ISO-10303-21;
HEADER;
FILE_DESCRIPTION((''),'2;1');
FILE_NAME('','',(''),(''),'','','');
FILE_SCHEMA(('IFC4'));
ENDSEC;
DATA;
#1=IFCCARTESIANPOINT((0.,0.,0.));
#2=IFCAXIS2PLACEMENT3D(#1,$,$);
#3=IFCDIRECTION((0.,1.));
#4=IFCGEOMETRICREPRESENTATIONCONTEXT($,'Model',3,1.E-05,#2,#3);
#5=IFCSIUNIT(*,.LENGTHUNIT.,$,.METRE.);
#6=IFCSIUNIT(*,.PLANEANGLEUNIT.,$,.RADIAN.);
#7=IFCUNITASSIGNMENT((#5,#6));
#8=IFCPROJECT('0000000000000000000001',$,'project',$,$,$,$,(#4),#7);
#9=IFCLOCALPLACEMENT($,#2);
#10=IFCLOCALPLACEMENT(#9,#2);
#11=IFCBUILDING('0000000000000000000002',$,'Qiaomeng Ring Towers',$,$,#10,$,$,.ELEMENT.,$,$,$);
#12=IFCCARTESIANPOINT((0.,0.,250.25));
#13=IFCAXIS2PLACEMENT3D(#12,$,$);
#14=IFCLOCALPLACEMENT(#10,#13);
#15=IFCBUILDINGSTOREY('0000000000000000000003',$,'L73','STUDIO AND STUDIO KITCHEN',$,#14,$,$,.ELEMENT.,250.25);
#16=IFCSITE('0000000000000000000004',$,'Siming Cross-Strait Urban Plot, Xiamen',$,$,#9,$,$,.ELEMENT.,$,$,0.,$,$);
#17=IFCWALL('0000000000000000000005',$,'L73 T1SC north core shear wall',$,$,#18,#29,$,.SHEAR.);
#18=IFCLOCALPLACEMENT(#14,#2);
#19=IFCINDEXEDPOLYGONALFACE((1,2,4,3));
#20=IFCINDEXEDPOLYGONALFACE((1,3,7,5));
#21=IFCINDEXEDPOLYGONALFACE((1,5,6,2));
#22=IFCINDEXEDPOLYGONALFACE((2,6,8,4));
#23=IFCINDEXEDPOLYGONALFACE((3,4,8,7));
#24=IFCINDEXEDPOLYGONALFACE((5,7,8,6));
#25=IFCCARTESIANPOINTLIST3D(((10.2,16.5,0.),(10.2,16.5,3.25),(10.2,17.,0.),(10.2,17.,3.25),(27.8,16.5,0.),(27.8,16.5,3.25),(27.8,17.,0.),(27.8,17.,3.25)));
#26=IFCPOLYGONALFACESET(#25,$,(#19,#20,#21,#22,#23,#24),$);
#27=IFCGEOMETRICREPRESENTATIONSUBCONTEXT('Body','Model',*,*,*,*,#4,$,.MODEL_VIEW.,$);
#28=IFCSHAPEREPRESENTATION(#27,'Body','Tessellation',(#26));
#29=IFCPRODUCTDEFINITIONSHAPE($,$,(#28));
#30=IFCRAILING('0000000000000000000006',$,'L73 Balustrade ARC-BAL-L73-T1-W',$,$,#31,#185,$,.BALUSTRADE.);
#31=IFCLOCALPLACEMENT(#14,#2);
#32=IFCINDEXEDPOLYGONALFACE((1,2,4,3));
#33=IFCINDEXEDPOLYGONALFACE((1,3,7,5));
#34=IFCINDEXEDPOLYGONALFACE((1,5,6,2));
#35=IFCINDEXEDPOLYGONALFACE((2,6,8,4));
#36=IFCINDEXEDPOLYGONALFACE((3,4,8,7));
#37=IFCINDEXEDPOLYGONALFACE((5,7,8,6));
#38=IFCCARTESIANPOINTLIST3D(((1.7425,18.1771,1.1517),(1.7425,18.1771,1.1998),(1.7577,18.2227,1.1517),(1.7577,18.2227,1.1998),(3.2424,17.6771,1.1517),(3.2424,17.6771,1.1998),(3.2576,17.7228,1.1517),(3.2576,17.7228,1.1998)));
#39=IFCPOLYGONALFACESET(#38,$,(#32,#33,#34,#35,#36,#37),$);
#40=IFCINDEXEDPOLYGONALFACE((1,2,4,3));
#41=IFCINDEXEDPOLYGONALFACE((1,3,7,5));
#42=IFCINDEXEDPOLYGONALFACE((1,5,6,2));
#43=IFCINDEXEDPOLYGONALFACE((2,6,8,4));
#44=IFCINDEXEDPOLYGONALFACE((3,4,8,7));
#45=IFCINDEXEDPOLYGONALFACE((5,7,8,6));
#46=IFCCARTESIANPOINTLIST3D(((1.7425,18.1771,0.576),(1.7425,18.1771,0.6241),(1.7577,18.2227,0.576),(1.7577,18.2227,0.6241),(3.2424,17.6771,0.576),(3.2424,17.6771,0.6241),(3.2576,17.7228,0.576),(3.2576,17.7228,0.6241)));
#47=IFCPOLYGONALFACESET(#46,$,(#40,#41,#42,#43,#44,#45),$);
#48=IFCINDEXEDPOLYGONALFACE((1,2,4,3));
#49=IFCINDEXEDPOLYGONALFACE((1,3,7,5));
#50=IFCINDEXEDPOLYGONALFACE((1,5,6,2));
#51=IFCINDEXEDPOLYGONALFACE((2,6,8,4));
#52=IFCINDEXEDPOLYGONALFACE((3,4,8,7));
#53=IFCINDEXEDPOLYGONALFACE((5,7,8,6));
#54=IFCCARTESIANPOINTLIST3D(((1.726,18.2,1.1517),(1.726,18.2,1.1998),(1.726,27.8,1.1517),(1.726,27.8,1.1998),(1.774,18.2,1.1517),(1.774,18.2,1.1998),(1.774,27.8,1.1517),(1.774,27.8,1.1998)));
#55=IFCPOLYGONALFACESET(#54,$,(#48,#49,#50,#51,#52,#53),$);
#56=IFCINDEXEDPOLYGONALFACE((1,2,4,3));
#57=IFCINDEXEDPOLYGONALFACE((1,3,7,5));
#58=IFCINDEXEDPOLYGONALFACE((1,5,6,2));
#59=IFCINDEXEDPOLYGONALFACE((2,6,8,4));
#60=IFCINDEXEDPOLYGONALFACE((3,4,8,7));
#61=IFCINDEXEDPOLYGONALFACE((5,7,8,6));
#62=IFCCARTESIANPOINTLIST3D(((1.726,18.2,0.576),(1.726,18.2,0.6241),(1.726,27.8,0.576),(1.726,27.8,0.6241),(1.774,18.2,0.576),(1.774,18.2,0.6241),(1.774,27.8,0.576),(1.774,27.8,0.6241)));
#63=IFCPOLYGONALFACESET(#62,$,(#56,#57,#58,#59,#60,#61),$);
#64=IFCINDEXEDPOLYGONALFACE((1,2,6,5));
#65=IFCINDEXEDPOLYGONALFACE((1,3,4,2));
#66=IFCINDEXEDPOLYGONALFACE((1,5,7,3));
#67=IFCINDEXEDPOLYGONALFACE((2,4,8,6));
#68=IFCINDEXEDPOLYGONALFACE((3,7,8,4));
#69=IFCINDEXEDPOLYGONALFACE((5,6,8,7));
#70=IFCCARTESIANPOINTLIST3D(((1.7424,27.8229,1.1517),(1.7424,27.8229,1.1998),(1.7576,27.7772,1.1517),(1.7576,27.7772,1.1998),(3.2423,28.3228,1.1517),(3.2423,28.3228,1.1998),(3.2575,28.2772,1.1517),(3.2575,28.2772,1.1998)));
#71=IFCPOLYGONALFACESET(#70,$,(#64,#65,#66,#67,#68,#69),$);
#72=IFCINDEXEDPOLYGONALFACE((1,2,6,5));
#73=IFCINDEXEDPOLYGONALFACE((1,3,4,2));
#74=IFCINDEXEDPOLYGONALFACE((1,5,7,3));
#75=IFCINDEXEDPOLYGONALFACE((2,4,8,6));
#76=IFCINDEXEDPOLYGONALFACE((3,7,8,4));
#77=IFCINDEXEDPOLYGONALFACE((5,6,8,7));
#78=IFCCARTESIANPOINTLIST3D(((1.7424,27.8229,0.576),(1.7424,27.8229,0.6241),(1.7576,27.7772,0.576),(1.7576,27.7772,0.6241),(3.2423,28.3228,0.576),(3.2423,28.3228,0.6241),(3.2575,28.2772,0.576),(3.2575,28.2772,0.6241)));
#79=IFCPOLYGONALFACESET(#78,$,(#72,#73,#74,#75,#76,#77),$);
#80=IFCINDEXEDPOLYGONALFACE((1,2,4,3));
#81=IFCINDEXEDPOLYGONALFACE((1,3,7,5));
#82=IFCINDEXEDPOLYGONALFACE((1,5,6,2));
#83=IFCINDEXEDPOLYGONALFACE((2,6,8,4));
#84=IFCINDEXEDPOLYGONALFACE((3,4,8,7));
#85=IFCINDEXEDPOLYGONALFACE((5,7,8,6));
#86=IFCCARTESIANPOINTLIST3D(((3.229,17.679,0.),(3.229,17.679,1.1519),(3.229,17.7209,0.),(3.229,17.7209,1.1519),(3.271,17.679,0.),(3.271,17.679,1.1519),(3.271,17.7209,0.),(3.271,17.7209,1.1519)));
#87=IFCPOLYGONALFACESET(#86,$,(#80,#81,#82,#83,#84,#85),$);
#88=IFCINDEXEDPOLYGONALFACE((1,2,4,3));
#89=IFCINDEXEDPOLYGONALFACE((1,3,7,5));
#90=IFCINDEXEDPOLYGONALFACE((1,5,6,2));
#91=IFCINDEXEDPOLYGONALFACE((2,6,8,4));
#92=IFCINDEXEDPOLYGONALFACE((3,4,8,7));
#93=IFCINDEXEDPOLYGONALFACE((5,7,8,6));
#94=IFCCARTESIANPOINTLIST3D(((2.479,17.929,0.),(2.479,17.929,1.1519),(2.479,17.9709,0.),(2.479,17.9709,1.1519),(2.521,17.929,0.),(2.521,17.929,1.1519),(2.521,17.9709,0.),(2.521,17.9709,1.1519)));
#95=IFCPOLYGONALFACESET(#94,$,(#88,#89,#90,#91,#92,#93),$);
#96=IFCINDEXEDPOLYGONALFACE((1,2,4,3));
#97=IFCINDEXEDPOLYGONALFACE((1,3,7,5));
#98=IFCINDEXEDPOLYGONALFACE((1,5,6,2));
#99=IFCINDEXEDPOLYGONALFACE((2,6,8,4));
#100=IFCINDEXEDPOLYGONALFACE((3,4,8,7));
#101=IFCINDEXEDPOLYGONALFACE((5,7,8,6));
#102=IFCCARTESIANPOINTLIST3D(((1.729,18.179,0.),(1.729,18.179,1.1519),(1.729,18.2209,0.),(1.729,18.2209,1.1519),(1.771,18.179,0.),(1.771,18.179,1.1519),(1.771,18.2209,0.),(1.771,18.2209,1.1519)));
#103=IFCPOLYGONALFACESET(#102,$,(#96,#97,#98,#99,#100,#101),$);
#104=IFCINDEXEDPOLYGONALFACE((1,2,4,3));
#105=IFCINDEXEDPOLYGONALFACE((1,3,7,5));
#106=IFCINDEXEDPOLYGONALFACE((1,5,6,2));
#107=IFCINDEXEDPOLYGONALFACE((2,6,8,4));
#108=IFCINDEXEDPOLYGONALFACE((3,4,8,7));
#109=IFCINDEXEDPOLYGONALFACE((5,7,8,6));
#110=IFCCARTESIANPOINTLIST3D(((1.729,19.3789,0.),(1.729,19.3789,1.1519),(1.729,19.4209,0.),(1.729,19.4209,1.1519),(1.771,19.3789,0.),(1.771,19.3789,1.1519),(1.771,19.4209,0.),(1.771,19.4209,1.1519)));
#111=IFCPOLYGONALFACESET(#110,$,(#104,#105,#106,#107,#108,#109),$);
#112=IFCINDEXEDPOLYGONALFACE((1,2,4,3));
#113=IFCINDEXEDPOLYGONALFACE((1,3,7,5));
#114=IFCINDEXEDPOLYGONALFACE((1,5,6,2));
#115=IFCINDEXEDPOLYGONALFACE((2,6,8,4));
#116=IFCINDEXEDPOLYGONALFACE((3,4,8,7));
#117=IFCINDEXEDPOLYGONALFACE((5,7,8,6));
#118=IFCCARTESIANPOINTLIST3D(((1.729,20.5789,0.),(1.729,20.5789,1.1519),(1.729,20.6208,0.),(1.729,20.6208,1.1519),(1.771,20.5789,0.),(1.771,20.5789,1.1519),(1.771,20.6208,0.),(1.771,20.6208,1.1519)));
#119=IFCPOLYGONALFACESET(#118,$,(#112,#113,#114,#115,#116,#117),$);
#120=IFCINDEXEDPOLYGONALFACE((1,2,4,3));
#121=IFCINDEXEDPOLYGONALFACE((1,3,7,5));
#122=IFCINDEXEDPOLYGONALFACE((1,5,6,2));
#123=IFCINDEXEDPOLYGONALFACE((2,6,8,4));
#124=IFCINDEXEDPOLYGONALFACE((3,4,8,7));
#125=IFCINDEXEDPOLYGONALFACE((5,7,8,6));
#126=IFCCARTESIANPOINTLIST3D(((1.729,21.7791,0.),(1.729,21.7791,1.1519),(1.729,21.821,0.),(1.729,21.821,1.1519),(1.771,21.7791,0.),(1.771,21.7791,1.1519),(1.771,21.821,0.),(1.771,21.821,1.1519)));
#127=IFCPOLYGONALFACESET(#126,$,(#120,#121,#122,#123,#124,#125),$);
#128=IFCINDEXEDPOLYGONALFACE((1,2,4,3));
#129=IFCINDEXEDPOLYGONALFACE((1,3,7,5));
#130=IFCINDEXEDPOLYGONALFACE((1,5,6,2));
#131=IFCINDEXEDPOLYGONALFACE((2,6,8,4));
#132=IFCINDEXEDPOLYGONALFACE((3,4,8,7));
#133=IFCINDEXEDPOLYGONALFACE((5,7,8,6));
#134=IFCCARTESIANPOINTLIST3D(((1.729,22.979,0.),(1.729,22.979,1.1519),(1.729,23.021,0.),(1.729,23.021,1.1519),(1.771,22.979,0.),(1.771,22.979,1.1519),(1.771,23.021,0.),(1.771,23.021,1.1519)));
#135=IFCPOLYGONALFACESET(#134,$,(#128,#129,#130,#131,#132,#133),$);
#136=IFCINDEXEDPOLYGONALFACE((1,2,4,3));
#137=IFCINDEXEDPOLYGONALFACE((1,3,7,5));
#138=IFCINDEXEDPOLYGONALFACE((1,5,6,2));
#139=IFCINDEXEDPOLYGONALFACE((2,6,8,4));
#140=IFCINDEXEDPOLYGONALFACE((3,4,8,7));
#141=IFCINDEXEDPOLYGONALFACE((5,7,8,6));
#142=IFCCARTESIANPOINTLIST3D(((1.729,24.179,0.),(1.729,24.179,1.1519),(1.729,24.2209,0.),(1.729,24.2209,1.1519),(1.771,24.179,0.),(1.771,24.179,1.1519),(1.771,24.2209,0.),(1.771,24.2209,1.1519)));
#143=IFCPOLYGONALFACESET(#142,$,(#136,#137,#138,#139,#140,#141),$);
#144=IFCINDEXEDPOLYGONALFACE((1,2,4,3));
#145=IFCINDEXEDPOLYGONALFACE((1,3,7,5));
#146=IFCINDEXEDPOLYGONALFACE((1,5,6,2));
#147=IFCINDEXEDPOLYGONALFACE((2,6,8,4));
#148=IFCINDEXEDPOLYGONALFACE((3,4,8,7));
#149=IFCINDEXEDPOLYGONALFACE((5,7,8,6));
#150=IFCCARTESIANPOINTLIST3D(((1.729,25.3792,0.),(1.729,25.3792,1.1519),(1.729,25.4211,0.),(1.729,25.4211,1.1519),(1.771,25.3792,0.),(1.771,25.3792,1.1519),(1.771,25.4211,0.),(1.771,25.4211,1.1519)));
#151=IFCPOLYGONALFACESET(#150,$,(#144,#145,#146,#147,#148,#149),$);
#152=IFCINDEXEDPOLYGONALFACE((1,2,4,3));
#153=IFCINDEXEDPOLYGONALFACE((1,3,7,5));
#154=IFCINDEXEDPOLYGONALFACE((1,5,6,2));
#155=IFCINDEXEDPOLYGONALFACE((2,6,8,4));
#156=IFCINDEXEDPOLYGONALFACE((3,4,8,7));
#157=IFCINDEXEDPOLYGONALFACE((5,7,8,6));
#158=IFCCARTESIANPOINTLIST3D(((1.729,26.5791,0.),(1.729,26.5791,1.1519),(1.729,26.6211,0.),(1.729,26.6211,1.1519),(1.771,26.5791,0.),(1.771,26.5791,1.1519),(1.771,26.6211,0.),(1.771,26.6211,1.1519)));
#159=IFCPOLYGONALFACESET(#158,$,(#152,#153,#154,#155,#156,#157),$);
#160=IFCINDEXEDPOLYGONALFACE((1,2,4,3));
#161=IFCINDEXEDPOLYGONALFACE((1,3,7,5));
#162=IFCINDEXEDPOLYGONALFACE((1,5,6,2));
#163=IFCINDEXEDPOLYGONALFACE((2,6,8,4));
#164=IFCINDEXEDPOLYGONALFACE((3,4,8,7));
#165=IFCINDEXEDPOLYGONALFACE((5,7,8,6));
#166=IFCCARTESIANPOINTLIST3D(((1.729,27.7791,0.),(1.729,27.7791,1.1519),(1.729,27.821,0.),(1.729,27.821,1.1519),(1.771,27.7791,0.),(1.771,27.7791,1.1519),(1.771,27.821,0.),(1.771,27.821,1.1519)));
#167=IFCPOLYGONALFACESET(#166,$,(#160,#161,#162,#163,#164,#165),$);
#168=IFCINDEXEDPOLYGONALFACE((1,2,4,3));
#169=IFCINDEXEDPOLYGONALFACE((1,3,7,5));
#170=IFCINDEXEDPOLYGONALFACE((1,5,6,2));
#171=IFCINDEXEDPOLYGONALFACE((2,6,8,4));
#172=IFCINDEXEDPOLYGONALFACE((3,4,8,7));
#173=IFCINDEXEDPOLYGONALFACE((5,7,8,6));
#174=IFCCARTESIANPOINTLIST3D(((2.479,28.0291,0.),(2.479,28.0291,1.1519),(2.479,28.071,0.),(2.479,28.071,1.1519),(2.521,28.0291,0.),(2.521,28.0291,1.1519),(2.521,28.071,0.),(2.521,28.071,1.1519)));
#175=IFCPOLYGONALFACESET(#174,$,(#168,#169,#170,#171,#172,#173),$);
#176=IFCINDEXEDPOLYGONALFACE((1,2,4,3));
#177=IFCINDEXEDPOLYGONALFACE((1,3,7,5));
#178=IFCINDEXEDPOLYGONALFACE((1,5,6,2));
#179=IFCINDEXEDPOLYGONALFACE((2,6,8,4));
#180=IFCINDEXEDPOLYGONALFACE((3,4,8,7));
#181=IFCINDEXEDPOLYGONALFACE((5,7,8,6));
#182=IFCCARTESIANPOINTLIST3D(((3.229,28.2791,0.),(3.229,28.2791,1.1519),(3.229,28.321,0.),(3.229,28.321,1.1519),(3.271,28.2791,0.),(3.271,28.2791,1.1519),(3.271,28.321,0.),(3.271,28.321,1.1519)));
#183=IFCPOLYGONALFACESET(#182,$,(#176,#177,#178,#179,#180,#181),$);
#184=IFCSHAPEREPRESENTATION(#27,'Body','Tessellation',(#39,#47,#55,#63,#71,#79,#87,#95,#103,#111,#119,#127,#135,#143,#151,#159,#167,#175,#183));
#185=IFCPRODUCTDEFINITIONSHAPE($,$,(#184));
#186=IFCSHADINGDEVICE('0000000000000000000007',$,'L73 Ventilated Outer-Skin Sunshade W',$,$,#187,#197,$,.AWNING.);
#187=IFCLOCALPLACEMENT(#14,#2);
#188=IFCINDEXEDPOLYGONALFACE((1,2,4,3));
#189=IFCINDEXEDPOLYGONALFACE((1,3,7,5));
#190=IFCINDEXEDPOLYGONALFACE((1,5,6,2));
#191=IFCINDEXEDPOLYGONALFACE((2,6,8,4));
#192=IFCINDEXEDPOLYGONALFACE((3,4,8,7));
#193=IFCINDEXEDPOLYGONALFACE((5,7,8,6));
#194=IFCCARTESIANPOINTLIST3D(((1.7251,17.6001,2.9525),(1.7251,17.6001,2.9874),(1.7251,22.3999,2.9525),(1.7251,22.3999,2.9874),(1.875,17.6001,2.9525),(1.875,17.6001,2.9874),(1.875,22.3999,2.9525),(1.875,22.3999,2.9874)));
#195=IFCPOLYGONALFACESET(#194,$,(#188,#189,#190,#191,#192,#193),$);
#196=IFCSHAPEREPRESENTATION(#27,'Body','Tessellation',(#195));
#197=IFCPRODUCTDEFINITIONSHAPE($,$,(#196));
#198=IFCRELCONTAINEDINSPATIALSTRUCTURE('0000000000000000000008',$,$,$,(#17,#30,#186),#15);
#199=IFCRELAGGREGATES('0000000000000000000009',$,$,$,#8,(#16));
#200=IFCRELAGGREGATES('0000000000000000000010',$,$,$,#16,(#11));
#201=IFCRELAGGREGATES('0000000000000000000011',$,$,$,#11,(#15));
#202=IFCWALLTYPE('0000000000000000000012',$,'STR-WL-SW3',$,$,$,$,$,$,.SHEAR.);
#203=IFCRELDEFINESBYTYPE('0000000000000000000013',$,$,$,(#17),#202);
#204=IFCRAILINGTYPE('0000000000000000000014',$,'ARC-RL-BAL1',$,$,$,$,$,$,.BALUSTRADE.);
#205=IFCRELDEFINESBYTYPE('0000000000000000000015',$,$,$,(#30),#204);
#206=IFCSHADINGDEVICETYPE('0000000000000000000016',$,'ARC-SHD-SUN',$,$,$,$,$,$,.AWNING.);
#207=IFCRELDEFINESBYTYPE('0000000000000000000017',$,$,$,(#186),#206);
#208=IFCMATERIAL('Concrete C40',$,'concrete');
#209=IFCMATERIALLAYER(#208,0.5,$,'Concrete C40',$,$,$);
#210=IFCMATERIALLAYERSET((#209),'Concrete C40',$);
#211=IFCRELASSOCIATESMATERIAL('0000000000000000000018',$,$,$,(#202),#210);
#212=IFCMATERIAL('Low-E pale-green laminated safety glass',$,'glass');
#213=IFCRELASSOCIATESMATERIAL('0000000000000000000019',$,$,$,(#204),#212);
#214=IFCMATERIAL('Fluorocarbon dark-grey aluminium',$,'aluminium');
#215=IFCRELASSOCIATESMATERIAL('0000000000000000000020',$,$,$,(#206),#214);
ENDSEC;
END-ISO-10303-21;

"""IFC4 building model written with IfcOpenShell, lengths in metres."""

from ifc_helpers import new_model, si_unit, direction, frame, frame_2d, origin, origin_2d, place, context, subcontext, project, spatial, rectangle, extrude, source, transform, mapped, material, layer, layer_set, material_profile, profile_set, type_object, element, save


model = new_model("IFC4")

# Units and contexts
model_context = context("Model", 3, precision=1e-05, world=origin(), true_north=direction((0.0, 1.0)))
body_context = subcontext(model_context, "Body", "Model", "MODEL_VIEW")
ifc_project = project(units=[si_unit("LENGTHUNIT", "METRE"), si_unit("PLANEANGLEUNIT", "RADIAN")], contexts=[model_context])

# Site, building, storey
site_placement = place(None, origin())
site = spatial("IfcSite", under=ifc_project, at=site_placement, Name="Siming Cross-Strait Urban Plot, Xiamen", CompositionType="ELEMENT", RefElevation=0.0)
building_placement = place(site_placement, origin())
building = spatial("IfcBuilding", under=site, at=building_placement, Name="Qiaomeng Ring Towers", CompositionType="ELEMENT")
storey_placement = place(building_placement, frame((0.0, 0.0, 250.25)))
storey = spatial("IfcBuildingStorey", under=building, at=storey_placement, Name="L73", Description="STUDIO AND STUDIO KITCHEN", CompositionType="ELEMENT", Elevation=250.25)

# Shared definitions
ifc_material_1 = material(Name="Concrete C40", Category="concrete")

# Wall
ifc_layer_1 = layer(ifc_material_1, 0.5, Name="Concrete C40")
ifc_layer_set_1 = layer_set([ifc_layer_1], Name="Concrete C40")
wall_type_1 = type_object("IfcWallType", Name="STR-WL-SW3", PredefinedType="SHEAR", material=ifc_layer_set_1)
wall_1_placement = place(storey_placement, frame((10.2, 16.75, 0.0), z_axis=(0.0, 0.0, 1.0), x_axis=(1.0, 0.0, 0.0)))
element("IfcWall", 1, at=wall_1_placement, inside=storey, type_object=wall_type_1, Name="L73 T1SC north core shear wall", PredefinedType="SHEAR", context=body_context, shape_type="SweptSolid", body=[
    extrude(rectangle(XDim=17.6001, YDim=0.5, at=frame_2d((8.8, 0.0))), origin(), (0.0, 0.0, 1.0), 3.25),
])

# Railing
ifc_material_2 = material(Name="Low-E pale-green laminated safety glass", Category="glass")
railing_type = type_object("IfcRailingType", Name="ARC-RL-BAL1", PredefinedType="BALUSTRADE", material=ifc_material_2)
railing_placement = place(storey_placement, frame((3.25, 17.7, 0.0)))
element("IfcRailing", 2, at=railing_placement, inside=storey, type_object=railing_type, Name="L73 Balustrade ARC-BAL-L73-T1-W", PredefinedType="BALUSTRADE", context=body_context, shape_type="SweptSolid", body=[
    extrude(rectangle(XDim=0.0481, YDim=0.0481, at=origin_2d()), frame((0.0, 0.0, 1.1758), z_axis=(-0.948683, 0.316228, 0.0), x_axis=(-0.316228, -0.948683, 0.0)), (0.0, 0.0, 1.0), 1.5811),
    extrude(rectangle(XDim=0.0481, YDim=0.0481, at=origin_2d()), frame((0.0, 0.0, 0.6001), z_axis=(-0.948683, 0.316228, 0.0), x_axis=(-0.316228, -0.948683, 0.0)), (0.0, 0.0, 1.0), 1.5811),
    extrude(rectangle(XDim=0.0481, YDim=0.0481, at=origin_2d()), frame((-1.5, 0.5, 1.1758), z_axis=(0.0, 1.0, 0.0), x_axis=(-1.0, 0.0, 0.0)), (0.0, 0.0, 1.0), 9.6001),
    extrude(rectangle(XDim=0.0481, YDim=0.0481, at=origin_2d()), frame((-1.5, 0.5, 0.6001), z_axis=(0.0, 1.0, 0.0), x_axis=(-1.0, 0.0, 0.0)), (0.0, 0.0, 1.0), 9.6001),
    extrude(rectangle(XDim=0.0481, YDim=0.0481, at=origin_2d()), frame((-1.5, 10.1001, 1.1758), z_axis=(0.948683, 0.316228, 0.0), x_axis=(-0.316228, 0.948683, 0.0)), (0.0, 0.0, 1.0), 1.5811),
    extrude(rectangle(XDim=0.0481, YDim=0.0481, at=origin_2d()), frame((-1.5, 10.1001, 0.6001), z_axis=(0.948683, 0.316228, 0.0), x_axis=(-0.316228, 0.948683, 0.0)), (0.0, 0.0, 1.0), 1.5811),
    extrude(rectangle(XDim=0.042, YDim=0.042, at=origin_2d()), origin(), (0.0, 0.0, 1.0), 1.1519),
    extrude(rectangle(XDim=0.042, YDim=0.042, at=origin_2d()), frame((-0.75, 0.25, 0.0)), (0.0, 0.0, 1.0), 1.1519),
    extrude(rectangle(XDim=0.042, YDim=0.042, at=origin_2d()), frame((-1.5, 0.5, 0.0)), (0.0, 0.0, 1.0), 1.1519),
    extrude(rectangle(XDim=0.042, YDim=0.042, at=origin_2d()), frame((-1.5, 1.7, 0.0)), (0.0, 0.0, 1.0), 1.1519),
    extrude(rectangle(XDim=0.042, YDim=0.042, at=origin_2d()), frame((-1.5, 2.8999, 0.0)), (0.0, 0.0, 1.0), 1.1519),
    extrude(rectangle(XDim=0.042, YDim=0.042, at=origin_2d()), frame((-1.5, 4.1001, 0.0)), (0.0, 0.0, 1.0), 1.1519),
    extrude(rectangle(XDim=0.042, YDim=0.042, at=origin_2d()), frame((-1.5, 5.3, 0.0)), (0.0, 0.0, 1.0), 1.1519),
    extrude(rectangle(XDim=0.042, YDim=0.042, at=origin_2d()), frame((-1.5, 6.5, 0.0)), (0.0, 0.0, 1.0), 1.1519),
    extrude(rectangle(XDim=0.042, YDim=0.042, at=origin_2d()), frame((-1.5, 7.7002, 0.0)), (0.0, 0.0, 1.0), 1.1519),
    extrude(rectangle(XDim=0.042, YDim=0.042, at=origin_2d()), frame((-1.5, 8.9001, 0.0)), (0.0, 0.0, 1.0), 1.1519),
    extrude(rectangle(XDim=0.042, YDim=0.042, at=origin_2d()), frame((-1.5, 10.1001, 0.0)), (0.0, 0.0, 1.0), 1.1519),
    extrude(rectangle(XDim=0.042, YDim=0.042, at=origin_2d()), frame((-0.75, 10.3501, 0.0)), (0.0, 0.0, 1.0), 1.1519),
    extrude(rectangle(XDim=0.042, YDim=0.042, at=origin_2d()), frame((0.0, 10.6001, 0.0)), (0.0, 0.0, 1.0), 1.1519),
])

# Shading device
ifc_material_3 = material(Name="Fluorocarbon dark-grey aluminium", Category="aluminium")
ifc_material_profile_1 = material_profile(ifc_material_3, rectangle(XDim=0.1499, YDim=0.0349, at=origin_2d()), Name="LV BLADE 150x35")
ifc_profile_set_1 = profile_set([ifc_material_profile_1], Name="Fluorocarbon dark-grey aluminium")
shading_device_type = type_object("IfcShadingDeviceType", Name="ARC-SHD-SUN", PredefinedType="AWNING", material=ifc_profile_set_1)
shared_shape_1 = source(origin(), body_context, "Body", "SweptSolid", [
    extrude(rectangle(XDim=0.1499, YDim=0.0349, at=origin_2d()), origin(), (0.0, 0.0, 1.0), 4.7998),
])
shading_device_placement = place(storey_placement, frame((1.8, 17.6001, 2.97), z_axis=(0.0, 1.0, 0.0), x_axis=(-1.0, 0.0, 0.0)))
element("IfcShadingDevice", 3, at=shading_device_placement, inside=storey, type_object=shading_device_type, Name="L73 Ventilated Outer-Skin Sunshade W", PredefinedType="AWNING", context=body_context, shape_type="MappedRepresentation", body=[
    mapped(shared_shape_1, transform((0.0, 0.0, 0.0), x_axis=(1.0, 0.0, 0.0), y_axis=(0.0, 1.0, 0.0), z_axis=(0.0, 0.0, 1.0), scale=1.0)),
])

save(model, "model.ifc")
